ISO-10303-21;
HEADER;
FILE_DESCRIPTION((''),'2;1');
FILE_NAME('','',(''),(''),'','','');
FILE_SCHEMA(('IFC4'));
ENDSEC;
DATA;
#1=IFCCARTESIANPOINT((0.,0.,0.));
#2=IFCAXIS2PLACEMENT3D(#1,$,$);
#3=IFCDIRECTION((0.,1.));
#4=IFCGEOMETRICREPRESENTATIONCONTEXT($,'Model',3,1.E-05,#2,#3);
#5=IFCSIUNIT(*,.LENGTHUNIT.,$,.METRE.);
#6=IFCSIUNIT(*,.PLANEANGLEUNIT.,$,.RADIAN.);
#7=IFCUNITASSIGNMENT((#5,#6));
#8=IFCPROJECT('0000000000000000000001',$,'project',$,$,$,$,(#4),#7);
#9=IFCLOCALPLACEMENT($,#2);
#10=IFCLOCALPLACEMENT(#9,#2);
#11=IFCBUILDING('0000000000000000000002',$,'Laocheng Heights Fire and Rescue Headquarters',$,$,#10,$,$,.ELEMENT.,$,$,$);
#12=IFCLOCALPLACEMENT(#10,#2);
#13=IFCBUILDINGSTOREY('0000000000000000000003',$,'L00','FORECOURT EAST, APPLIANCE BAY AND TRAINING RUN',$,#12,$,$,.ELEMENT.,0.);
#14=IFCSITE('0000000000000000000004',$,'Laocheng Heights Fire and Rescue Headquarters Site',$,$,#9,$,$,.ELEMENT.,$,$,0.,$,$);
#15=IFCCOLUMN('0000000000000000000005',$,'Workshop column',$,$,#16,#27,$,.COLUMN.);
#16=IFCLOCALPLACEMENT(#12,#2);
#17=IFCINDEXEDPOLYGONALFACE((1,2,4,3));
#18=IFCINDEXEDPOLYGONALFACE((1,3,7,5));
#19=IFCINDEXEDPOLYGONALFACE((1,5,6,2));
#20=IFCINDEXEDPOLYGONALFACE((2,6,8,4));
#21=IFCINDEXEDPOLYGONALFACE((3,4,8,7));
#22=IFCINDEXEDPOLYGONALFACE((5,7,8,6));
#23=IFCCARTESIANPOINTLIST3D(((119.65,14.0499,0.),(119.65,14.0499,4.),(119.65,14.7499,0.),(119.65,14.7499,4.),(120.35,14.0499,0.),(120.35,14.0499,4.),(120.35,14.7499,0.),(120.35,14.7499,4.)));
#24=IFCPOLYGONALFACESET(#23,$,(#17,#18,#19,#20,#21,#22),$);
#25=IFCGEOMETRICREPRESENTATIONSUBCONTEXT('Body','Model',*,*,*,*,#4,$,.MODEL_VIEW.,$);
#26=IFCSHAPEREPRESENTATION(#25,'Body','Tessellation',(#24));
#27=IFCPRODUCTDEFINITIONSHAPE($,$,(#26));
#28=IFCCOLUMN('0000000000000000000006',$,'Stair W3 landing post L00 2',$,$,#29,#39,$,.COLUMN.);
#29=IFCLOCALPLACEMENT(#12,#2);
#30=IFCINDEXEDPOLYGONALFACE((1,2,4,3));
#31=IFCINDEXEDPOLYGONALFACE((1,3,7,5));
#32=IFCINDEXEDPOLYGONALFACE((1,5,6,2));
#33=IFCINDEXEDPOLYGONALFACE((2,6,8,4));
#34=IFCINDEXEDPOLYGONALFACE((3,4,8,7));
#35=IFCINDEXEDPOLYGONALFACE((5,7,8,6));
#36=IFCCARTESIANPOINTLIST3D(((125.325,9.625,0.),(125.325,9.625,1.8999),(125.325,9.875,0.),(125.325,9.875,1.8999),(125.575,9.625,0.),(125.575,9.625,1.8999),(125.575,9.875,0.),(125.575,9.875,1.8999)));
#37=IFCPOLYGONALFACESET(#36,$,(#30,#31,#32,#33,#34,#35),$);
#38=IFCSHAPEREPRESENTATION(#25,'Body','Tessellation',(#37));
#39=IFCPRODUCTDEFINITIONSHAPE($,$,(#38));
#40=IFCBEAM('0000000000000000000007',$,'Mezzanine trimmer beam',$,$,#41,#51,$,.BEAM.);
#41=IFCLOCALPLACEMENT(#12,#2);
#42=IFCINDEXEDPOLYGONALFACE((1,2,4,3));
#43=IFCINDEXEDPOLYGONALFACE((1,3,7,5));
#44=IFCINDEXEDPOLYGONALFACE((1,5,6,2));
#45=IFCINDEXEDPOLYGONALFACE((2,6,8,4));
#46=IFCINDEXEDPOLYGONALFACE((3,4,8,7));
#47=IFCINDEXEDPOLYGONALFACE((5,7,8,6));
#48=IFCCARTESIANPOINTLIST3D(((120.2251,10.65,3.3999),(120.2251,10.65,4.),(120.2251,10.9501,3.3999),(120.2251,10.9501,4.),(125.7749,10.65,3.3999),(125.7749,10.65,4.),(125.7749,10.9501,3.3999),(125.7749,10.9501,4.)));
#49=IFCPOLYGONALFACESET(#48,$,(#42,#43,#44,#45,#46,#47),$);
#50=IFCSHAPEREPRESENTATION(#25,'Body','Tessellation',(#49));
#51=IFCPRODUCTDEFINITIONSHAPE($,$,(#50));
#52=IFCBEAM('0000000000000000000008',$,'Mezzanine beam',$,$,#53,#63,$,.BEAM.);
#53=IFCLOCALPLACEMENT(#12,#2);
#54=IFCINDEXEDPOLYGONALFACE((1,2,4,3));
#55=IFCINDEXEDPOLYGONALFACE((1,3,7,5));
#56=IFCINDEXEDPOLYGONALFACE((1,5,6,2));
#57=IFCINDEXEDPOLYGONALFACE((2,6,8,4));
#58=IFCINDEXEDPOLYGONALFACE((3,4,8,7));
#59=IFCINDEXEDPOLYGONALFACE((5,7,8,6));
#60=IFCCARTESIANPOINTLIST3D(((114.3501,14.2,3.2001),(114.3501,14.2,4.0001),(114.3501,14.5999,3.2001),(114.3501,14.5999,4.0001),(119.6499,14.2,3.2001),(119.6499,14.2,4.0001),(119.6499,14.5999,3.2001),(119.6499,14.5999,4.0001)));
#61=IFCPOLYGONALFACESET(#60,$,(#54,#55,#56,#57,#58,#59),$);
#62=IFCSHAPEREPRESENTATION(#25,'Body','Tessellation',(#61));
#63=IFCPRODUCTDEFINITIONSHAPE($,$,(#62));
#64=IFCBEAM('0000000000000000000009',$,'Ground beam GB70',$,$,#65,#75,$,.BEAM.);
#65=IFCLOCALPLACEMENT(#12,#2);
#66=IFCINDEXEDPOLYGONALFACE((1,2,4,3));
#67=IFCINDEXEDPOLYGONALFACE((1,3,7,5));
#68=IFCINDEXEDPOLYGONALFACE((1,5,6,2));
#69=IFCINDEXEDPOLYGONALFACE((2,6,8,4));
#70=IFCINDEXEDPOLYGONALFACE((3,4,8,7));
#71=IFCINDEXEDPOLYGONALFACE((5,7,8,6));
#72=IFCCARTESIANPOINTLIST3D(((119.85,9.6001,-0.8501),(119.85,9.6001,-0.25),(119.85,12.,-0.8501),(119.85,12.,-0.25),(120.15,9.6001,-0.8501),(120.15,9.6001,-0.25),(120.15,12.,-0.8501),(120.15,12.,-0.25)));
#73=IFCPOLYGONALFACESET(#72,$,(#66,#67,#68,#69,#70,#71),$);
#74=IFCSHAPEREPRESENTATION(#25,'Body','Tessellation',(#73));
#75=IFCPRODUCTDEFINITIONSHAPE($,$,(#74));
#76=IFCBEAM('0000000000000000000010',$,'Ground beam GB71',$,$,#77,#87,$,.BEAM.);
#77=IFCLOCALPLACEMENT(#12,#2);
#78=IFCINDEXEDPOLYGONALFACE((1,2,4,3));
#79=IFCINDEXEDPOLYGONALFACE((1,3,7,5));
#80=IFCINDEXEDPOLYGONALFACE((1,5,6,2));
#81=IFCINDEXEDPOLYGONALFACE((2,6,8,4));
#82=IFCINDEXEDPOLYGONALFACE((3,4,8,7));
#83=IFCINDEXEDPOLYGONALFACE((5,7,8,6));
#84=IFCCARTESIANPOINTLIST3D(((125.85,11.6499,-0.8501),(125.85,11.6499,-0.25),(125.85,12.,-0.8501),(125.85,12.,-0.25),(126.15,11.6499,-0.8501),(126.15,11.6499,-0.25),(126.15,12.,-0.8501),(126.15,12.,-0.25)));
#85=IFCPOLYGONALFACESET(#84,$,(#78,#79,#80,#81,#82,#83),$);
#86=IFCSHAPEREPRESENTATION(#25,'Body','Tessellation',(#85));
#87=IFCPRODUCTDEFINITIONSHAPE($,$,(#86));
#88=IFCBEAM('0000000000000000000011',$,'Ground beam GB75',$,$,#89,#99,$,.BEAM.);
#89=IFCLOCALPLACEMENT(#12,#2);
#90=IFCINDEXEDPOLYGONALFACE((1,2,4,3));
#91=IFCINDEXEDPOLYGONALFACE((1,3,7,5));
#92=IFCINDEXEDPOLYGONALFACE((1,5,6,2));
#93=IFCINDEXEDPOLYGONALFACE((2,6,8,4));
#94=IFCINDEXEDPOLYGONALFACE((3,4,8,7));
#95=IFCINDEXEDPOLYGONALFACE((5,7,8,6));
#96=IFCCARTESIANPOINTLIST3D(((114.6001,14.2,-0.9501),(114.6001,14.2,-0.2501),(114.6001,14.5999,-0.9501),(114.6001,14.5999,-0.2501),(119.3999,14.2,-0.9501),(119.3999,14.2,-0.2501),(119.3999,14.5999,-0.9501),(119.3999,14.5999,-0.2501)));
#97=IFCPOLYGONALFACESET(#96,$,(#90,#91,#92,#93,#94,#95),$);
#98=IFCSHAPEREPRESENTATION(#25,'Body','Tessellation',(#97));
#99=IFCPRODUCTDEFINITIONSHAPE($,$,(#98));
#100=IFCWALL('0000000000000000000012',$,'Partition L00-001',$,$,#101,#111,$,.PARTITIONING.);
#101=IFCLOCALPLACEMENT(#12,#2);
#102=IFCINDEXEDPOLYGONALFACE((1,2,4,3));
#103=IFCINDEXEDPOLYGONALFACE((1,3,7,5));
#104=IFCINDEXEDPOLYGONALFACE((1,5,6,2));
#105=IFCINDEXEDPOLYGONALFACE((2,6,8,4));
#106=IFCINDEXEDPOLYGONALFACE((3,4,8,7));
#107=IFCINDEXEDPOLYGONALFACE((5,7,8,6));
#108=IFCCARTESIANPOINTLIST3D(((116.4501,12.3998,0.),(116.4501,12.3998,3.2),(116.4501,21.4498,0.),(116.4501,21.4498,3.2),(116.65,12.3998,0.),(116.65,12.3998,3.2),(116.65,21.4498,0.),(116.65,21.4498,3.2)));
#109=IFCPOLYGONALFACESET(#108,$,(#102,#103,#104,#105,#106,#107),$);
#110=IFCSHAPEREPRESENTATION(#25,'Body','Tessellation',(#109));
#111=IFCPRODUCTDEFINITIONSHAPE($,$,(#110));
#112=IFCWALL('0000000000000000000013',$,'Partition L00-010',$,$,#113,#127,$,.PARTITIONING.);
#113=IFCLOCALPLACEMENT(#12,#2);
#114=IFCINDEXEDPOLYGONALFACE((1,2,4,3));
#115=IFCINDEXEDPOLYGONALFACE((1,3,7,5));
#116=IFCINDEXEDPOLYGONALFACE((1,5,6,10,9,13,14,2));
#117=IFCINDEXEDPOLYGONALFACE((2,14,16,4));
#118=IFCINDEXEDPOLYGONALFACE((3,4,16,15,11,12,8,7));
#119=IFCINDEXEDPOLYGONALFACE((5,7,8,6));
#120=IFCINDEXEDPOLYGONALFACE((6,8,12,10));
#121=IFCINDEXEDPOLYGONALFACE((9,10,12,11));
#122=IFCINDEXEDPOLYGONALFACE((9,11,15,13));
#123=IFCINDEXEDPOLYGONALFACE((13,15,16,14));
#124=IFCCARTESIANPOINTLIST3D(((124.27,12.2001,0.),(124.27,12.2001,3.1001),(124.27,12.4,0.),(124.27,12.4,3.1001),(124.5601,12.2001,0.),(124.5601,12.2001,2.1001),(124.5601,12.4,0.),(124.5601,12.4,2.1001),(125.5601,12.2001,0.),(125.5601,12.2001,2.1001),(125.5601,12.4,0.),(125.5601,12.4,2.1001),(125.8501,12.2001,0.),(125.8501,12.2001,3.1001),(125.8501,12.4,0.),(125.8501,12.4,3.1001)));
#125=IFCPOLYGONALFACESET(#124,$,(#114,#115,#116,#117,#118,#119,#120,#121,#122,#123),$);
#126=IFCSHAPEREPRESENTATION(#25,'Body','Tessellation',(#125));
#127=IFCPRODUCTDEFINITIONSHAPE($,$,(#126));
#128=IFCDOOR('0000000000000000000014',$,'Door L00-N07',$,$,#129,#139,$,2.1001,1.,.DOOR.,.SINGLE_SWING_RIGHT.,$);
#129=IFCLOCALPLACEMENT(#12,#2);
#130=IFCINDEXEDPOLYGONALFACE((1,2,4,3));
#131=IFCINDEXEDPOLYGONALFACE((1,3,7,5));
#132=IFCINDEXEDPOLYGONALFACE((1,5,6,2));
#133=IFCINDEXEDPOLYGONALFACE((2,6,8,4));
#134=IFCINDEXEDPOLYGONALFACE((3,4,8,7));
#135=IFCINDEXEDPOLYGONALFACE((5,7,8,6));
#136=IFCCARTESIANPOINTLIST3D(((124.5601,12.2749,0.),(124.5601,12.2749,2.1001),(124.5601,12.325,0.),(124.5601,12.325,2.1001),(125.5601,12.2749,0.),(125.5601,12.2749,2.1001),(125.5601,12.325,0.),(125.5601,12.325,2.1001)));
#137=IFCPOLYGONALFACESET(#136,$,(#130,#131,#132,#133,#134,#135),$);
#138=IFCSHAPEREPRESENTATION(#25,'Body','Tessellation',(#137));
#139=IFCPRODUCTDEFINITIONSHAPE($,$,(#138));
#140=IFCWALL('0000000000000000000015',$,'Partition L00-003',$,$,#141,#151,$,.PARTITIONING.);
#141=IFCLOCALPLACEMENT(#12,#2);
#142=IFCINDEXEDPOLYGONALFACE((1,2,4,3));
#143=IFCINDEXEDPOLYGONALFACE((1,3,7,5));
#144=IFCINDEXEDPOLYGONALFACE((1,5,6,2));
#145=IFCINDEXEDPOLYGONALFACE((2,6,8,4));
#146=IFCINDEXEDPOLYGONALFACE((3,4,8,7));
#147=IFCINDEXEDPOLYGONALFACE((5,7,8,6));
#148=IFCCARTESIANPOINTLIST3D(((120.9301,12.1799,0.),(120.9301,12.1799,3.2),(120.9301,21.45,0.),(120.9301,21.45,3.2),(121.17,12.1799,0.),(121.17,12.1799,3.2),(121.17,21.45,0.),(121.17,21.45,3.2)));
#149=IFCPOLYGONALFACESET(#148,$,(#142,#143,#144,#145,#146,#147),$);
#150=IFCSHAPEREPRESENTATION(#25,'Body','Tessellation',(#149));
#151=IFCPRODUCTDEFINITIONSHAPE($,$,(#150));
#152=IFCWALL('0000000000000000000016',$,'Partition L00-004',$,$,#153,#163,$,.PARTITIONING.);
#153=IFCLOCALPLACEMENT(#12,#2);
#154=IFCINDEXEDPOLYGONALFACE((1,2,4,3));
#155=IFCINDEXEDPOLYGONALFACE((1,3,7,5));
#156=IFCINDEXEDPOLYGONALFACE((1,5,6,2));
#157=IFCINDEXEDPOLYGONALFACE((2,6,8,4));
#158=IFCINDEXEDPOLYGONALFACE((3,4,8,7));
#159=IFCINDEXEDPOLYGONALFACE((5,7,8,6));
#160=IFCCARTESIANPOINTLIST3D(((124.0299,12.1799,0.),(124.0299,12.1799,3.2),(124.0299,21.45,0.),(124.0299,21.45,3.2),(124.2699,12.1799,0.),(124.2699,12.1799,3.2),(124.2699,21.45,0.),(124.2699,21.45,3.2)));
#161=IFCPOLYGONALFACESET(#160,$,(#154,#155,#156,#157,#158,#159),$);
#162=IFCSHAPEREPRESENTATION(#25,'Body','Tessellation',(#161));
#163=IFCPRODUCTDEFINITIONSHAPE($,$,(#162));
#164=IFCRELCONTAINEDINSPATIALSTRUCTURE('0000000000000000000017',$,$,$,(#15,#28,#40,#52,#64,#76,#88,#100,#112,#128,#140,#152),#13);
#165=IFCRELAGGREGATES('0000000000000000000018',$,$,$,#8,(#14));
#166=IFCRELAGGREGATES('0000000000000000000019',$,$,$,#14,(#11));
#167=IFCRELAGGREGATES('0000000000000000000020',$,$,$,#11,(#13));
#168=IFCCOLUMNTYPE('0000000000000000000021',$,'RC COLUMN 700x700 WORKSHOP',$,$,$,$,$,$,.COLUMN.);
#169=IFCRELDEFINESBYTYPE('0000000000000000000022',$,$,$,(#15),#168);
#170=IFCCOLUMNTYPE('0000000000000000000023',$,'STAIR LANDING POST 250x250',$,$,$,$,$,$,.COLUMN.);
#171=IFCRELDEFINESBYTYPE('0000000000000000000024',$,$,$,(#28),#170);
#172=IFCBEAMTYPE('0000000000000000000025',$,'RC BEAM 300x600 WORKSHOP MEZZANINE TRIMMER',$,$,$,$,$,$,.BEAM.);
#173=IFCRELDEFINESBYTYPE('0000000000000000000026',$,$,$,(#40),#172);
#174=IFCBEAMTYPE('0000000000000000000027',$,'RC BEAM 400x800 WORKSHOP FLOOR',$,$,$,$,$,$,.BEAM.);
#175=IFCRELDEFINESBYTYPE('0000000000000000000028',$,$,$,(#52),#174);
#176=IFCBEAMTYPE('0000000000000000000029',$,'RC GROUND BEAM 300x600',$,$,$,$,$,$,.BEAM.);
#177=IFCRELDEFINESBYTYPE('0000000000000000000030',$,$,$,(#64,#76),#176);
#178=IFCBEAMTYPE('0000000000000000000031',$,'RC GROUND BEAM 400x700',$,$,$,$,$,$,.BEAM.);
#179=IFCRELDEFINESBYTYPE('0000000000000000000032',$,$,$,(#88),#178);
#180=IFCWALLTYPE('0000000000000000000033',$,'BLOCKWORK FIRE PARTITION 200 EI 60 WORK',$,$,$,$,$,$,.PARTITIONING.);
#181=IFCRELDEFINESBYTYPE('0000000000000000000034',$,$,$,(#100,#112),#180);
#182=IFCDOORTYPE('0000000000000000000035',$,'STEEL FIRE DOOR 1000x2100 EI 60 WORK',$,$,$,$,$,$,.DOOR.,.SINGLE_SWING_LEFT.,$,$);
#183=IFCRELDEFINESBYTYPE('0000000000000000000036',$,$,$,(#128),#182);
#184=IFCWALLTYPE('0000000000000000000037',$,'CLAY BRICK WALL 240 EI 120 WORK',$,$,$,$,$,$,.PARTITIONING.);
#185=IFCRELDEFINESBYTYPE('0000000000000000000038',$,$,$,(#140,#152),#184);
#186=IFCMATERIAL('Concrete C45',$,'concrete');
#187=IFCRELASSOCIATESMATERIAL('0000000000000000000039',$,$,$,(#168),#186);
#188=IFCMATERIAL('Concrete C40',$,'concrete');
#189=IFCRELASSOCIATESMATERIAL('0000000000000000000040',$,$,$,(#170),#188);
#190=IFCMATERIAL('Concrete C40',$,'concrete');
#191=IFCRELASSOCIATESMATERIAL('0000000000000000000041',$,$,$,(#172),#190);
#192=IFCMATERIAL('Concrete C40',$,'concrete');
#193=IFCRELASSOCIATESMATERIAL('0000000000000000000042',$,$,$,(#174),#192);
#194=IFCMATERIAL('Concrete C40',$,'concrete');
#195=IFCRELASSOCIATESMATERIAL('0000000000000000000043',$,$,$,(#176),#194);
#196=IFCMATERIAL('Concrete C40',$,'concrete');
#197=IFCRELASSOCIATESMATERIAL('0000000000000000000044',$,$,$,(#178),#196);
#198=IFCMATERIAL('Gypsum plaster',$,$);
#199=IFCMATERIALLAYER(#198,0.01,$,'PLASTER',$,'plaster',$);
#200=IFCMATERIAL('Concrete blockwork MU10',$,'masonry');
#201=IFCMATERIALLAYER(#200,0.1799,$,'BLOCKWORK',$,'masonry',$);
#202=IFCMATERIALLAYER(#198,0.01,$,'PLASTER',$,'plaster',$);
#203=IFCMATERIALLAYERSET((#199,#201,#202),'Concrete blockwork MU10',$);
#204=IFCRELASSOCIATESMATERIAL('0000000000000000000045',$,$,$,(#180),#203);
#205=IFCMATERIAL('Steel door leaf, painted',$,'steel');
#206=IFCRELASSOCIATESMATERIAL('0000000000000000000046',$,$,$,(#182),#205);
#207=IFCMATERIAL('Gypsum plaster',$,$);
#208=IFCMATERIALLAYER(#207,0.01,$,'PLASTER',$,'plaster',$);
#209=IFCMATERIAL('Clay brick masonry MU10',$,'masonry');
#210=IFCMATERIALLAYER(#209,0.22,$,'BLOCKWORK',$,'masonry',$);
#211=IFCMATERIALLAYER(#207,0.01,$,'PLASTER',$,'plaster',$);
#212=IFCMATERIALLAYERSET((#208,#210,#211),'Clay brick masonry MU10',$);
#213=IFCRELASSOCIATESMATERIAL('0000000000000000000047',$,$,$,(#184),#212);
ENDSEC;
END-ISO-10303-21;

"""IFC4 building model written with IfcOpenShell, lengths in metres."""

from ifc_helpers import new_model, si_unit, direction, frame, frame_2d, origin, origin_2d, place, context, subcontext, project, spatial, rectangle, extrude, material, layer, layer_set, material_profile, profile_set, type_object, element, fill, save


model = new_model("IFC4")

# Units and contexts
model_context = context("Model", 3, precision=1e-05, world=origin(), true_north=direction((0.0, 1.0)))
body_context = subcontext(model_context, "Body", "Model", "MODEL_VIEW")
ifc_project = project(units=[si_unit("LENGTHUNIT", "METRE"), si_unit("PLANEANGLEUNIT", "RADIAN")], contexts=[model_context])

# Site, building, storey
site_placement = place(None, origin())
site = spatial("IfcSite", under=ifc_project, at=site_placement, Name="Laocheng Heights Fire and Rescue Headquarters Site", CompositionType="ELEMENT", RefElevation=0.0)
building_placement = place(site_placement, origin())
building = spatial("IfcBuilding", under=site, at=building_placement, Name="Laocheng Heights Fire and Rescue Headquarters", CompositionType="ELEMENT")
storey_placement = place(building_placement, origin())
storey = spatial("IfcBuildingStorey", under=building, at=storey_placement, Name="L00", Description="FORECOURT EAST, APPLIANCE BAY AND TRAINING RUN", CompositionType="ELEMENT", Elevation=0.0)

# Columns
ifc_material_1 = material(Name="Concrete C45", Category="concrete")
ifc_material_profile_1 = material_profile(ifc_material_1, rectangle(XDim=0.7, YDim=0.7, at=origin_2d()), Name="RC COLUMN 700x700 WORKSHOP")
ifc_profile_set_1 = profile_set([ifc_material_profile_1], Name="Concrete C45")
column_type_1 = type_object("IfcColumnType", Name="RC COLUMN 700x700 WORKSHOP", PredefinedType="COLUMN", material=ifc_profile_set_1)
column_1_placement = place(storey_placement, frame((120.0, 14.3999, 0.0), z_axis=(0.0, 0.0, 1.0), x_axis=(1.0, 0.0, 0.0)))
element("IfcColumn", 1, at=column_1_placement, inside=storey, type_object=column_type_1, Name="Workshop column", PredefinedType="COLUMN", context=body_context, shape_type="SweptSolid", body=[
    extrude(rectangle(XDim=0.7, YDim=0.7, at=origin_2d()), origin(), (0.0, 0.0, 1.0), 4.0),
])
ifc_material_2 = material(Name="Concrete C40", Category="concrete")
ifc_material_profile_2 = material_profile(ifc_material_2, rectangle(XDim=0.25, YDim=0.25, at=origin_2d()), Name="STAIR LANDING POST 250x250")
ifc_profile_set_2 = profile_set([ifc_material_profile_2], Name="Concrete C40")
column_type_2 = type_object("IfcColumnType", Name="STAIR LANDING POST 250x250", PredefinedType="COLUMN", material=ifc_profile_set_2)
column_2_placement = place(storey_placement, frame((125.45, 9.75, 0.0), z_axis=(0.0, 0.0, 1.0), x_axis=(1.0, 0.0, 0.0)))
element("IfcColumn", 2, at=column_2_placement, inside=storey, type_object=column_type_2, Name="Stair W3 landing post L00 2", PredefinedType="COLUMN", context=body_context, shape_type="SweptSolid", body=[
    extrude(rectangle(XDim=0.25, YDim=0.25, at=origin_2d()), origin(), (0.0, 0.0, 1.0), 1.8999),
])

# Beams
ifc_material_3 = material(Name="Concrete C40", Category="concrete")
ifc_material_profile_3 = material_profile(ifc_material_3, rectangle(XDim=0.3, YDim=0.6001, at=origin_2d()), Name="RC BEAM 300x600 WORKSHOP MEZZANINE TRIMMER")
ifc_profile_set_3 = profile_set([ifc_material_profile_3], Name="Concrete C40")
beam_type_1 = type_object("IfcBeamType", Name="RC BEAM 300x600 WORKSHOP MEZZANINE TRIMMER", PredefinedType="BEAM", material=ifc_profile_set_3)
beam_1_placement = place(storey_placement, frame((120.2251, 10.8, 3.7), z_axis=(1.0, 0.0, 0.0), x_axis=(0.0, 1.0, 0.0)))
element("IfcBeam", 3, at=beam_1_placement, inside=storey, type_object=beam_type_1, Name="Mezzanine trimmer beam", PredefinedType="BEAM", context=body_context, shape_type="SweptSolid", body=[
    extrude(rectangle(XDim=0.3, YDim=0.6001, at=origin_2d()), origin(), (0.0, 0.0, 1.0), 5.5498),
])
ifc_material_4 = material(Name="Concrete C40", Category="concrete")
ifc_material_profile_4 = material_profile(ifc_material_4, rectangle(XDim=0.3999, YDim=0.8, at=origin_2d()), Name="RC BEAM 400x800 WORKSHOP FLOOR")
ifc_profile_set_4 = profile_set([ifc_material_profile_4], Name="Concrete C40")
beam_type_2 = type_object("IfcBeamType", Name="RC BEAM 400x800 WORKSHOP FLOOR", PredefinedType="BEAM", material=ifc_profile_set_4)
beam_2_placement = place(storey_placement, frame((114.3501, 14.3999, 3.6001), z_axis=(1.0, 0.0, 0.0), x_axis=(0.0, 1.0, 0.0)))
element("IfcBeam", 4, at=beam_2_placement, inside=storey, type_object=beam_type_2, Name="Mezzanine beam", PredefinedType="BEAM", context=body_context, shape_type="SweptSolid", body=[
    extrude(rectangle(XDim=0.3999, YDim=0.8, at=origin_2d()), origin(), (0.0, 0.0, 1.0), 5.2998),
])
ifc_material_5 = material(Name="Concrete C40", Category="concrete")
ifc_material_profile_5 = material_profile(ifc_material_5, rectangle(XDim=0.3, YDim=0.6001, at=origin_2d()), Name="RC GROUND BEAM 300x600")
ifc_profile_set_5 = profile_set([ifc_material_profile_5], Name="Concrete C40")
beam_type_3 = type_object("IfcBeamType", Name="RC GROUND BEAM 300x600", PredefinedType="BEAM", material=ifc_profile_set_5)
beam_3_placement = place(storey_placement, frame((120.0, 9.6001, -0.55), z_axis=(0.0, 1.0, 0.0), x_axis=(-1.0, 0.0, 0.0)))
element("IfcBeam", 5, at=beam_3_placement, inside=storey, type_object=beam_type_3, Name="Ground beam GB70", PredefinedType="BEAM", context=body_context, shape_type="SweptSolid", body=[
    extrude(rectangle(XDim=0.3, YDim=0.6001, at=origin_2d()), origin(), (0.0, 0.0, 1.0), 2.3999),
])
beam_4_placement = place(storey_placement, frame((126.0, 11.6499, -0.55), z_axis=(0.0, 1.0, 0.0), x_axis=(-1.0, 0.0, 0.0)))
element("IfcBeam", 6, at=beam_4_placement, inside=storey, type_object=beam_type_3, Name="Ground beam GB71", PredefinedType="BEAM", context=body_context, shape_type="SweptSolid", body=[
    extrude(rectangle(XDim=0.3, YDim=0.6001, at=origin_2d()), origin(), (0.0, 0.0, 1.0), 0.3501),
])
ifc_material_6 = material(Name="Concrete C40", Category="concrete")
ifc_material_profile_6 = material_profile(ifc_material_6, rectangle(XDim=0.3999, YDim=0.7, at=origin_2d()), Name="RC GROUND BEAM 400x700")
ifc_profile_set_6 = profile_set([ifc_material_profile_6], Name="Concrete C40")
beam_type_4 = type_object("IfcBeamType", Name="RC GROUND BEAM 400x700", PredefinedType="BEAM", material=ifc_profile_set_6)
beam_5_placement = place(storey_placement, frame((114.6001, 14.3999, -0.6001), z_axis=(1.0, 0.0, 0.0), x_axis=(0.0, 1.0, 0.0)))
element("IfcBeam", 7, at=beam_5_placement, inside=storey, type_object=beam_type_4, Name="Ground beam GB75", PredefinedType="BEAM", context=body_context, shape_type="SweptSolid", body=[
    extrude(rectangle(XDim=0.3999, YDim=0.7, at=origin_2d()), origin(), (0.0, 0.0, 1.0), 4.7998),
])

# Wall
ifc_material_7 = material(Name="Gypsum plaster")
ifc_layer_1 = layer(ifc_material_7, 0.01, Name="PLASTER", Category="plaster")
ifc_material_8 = material(Name="Concrete blockwork MU10", Category="masonry")
ifc_layer_2 = layer(ifc_material_8, 0.1799, Name="BLOCKWORK", Category="masonry")
ifc_layer_3 = layer(ifc_material_7, 0.01, Name="PLASTER", Category="plaster")
ifc_layer_set_1 = layer_set([ifc_layer_1, ifc_layer_2, ifc_layer_3], Name="Concrete blockwork MU10")
wall_type_1 = type_object("IfcWallType", Name="BLOCKWORK FIRE PARTITION 200 EI 60 WORK", PredefinedType="PARTITIONING", material=ifc_layer_set_1)
wall_1_placement = place(storey_placement, frame((116.55, 12.3999, 0.0), z_axis=(0.0, 0.0, 1.0), x_axis=(0.0, 1.0, 0.0)))
element("IfcWall", 8, at=wall_1_placement, inside=storey, type_object=wall_type_1, Name="Partition L00-001", PredefinedType="PARTITIONING", context=body_context, shape_type="SweptSolid", body=[
    extrude(rectangle(XDim=9.05, YDim=0.2, at=frame_2d((4.5249, 0.0))), origin(), (0.0, 0.0, 1.0), 3.2),
])

# Wall, opening, door
wall_2_placement = place(storey_placement, frame((124.27, 12.3, 0.0), z_axis=(0.0, 0.0, 1.0), x_axis=(1.0, 0.0, 0.0)))
wall_2 = element("IfcWall", 9, at=wall_2_placement, inside=storey, type_object=wall_type_1, Name="Partition L00-010", PredefinedType="PARTITIONING", context=body_context, shape_type="SweptSolid", body=[
    extrude(rectangle(XDim=1.5801, YDim=0.2, at=frame_2d((0.79, 0.0))), origin(), (0.0, 0.0, 1.0), 3.1001),
])
opening_1_placement = place(wall_2_placement, frame((0.29, 0.0, 0.0)))
opening_1 = element("IfcOpeningElement", 10, at=opening_1_placement, cuts=wall_2, PredefinedType="OPENING", context=body_context, shape_type="SweptSolid", body=[
    extrude(rectangle(XDim=1.0, YDim=2.1001, at=frame_2d((0.5, 1.05))), frame((0.0, 0.1099, 0.0), z_axis=(0.0, -1.0, 0.0), x_axis=(1.0, 0.0, 0.0)), (0.0, 0.0, 1.0), 0.22),
])
ifc_material_9 = material(Name="Steel door leaf, painted", Category="steel")
door_type_1 = type_object("IfcDoorType", Name="STEEL FIRE DOOR 1000x2100 EI 60 WORK", OperationType="SINGLE_SWING_LEFT", PredefinedType="DOOR", material=ifc_material_9)
door_1_placement = place(opening_1_placement, origin())
door_1 = element("IfcDoor", 11, at=door_1_placement, inside=storey, type_object=door_type_1, Name="Door L00-N07", OperationType="SINGLE_SWING_RIGHT", OverallHeight=2.1001, OverallWidth=1.0, PredefinedType="DOOR", context=body_context, shape_type="SweptSolid", body=[
    extrude(rectangle(XDim=1.0, YDim=2.1001, at=frame_2d((0.5, 1.05))), frame((0.0, 0.0249, 0.0), z_axis=(0.0, -1.0, 0.0), x_axis=(1.0, 0.0, 0.0)), (0.0, 0.0, 1.0), 0.05),
])
fill(opening_1, door_1)

# Walls
ifc_material_10 = material(Name="Gypsum plaster")
ifc_layer_4 = layer(ifc_material_10, 0.01, Name="PLASTER", Category="plaster")
ifc_material_11 = material(Name="Clay brick masonry MU10", Category="masonry")
ifc_layer_5 = layer(ifc_material_11, 0.22, Name="BLOCKWORK", Category="masonry")
ifc_layer_6 = layer(ifc_material_10, 0.01, Name="PLASTER", Category="plaster")
ifc_layer_set_2 = layer_set([ifc_layer_4, ifc_layer_5, ifc_layer_6], Name="Clay brick masonry MU10")
wall_type_2 = type_object("IfcWallType", Name="CLAY BRICK WALL 240 EI 120 WORK", PredefinedType="PARTITIONING", material=ifc_layer_set_2)
for number, where, z_axis, x_axis, name in (
    (12, (121.05, 12.1799, 0.0), (0.0, 0.0, 1.0), (0.0, 1.0, 0.0), "Partition L00-003"),
    (13, (124.1499, 12.1799, 0.0), (0.0, 0.0, 1.0), (0.0, 1.0, 0.0), "Partition L00-004"),
):
    element("IfcWall", number, at=place(storey_placement, frame(where, z_axis=z_axis, x_axis=x_axis)), inside=storey, type_object=wall_type_2, Name=name, PredefinedType="PARTITIONING", context=body_context, shape_type="SweptSolid", body=[
        extrude(rectangle(XDim=9.27, YDim=0.24, at=frame_2d((4.635, 0.0))), origin(), (0.0, 0.0, 1.0), 3.2),
    ])

save(model, "model.ifc")
